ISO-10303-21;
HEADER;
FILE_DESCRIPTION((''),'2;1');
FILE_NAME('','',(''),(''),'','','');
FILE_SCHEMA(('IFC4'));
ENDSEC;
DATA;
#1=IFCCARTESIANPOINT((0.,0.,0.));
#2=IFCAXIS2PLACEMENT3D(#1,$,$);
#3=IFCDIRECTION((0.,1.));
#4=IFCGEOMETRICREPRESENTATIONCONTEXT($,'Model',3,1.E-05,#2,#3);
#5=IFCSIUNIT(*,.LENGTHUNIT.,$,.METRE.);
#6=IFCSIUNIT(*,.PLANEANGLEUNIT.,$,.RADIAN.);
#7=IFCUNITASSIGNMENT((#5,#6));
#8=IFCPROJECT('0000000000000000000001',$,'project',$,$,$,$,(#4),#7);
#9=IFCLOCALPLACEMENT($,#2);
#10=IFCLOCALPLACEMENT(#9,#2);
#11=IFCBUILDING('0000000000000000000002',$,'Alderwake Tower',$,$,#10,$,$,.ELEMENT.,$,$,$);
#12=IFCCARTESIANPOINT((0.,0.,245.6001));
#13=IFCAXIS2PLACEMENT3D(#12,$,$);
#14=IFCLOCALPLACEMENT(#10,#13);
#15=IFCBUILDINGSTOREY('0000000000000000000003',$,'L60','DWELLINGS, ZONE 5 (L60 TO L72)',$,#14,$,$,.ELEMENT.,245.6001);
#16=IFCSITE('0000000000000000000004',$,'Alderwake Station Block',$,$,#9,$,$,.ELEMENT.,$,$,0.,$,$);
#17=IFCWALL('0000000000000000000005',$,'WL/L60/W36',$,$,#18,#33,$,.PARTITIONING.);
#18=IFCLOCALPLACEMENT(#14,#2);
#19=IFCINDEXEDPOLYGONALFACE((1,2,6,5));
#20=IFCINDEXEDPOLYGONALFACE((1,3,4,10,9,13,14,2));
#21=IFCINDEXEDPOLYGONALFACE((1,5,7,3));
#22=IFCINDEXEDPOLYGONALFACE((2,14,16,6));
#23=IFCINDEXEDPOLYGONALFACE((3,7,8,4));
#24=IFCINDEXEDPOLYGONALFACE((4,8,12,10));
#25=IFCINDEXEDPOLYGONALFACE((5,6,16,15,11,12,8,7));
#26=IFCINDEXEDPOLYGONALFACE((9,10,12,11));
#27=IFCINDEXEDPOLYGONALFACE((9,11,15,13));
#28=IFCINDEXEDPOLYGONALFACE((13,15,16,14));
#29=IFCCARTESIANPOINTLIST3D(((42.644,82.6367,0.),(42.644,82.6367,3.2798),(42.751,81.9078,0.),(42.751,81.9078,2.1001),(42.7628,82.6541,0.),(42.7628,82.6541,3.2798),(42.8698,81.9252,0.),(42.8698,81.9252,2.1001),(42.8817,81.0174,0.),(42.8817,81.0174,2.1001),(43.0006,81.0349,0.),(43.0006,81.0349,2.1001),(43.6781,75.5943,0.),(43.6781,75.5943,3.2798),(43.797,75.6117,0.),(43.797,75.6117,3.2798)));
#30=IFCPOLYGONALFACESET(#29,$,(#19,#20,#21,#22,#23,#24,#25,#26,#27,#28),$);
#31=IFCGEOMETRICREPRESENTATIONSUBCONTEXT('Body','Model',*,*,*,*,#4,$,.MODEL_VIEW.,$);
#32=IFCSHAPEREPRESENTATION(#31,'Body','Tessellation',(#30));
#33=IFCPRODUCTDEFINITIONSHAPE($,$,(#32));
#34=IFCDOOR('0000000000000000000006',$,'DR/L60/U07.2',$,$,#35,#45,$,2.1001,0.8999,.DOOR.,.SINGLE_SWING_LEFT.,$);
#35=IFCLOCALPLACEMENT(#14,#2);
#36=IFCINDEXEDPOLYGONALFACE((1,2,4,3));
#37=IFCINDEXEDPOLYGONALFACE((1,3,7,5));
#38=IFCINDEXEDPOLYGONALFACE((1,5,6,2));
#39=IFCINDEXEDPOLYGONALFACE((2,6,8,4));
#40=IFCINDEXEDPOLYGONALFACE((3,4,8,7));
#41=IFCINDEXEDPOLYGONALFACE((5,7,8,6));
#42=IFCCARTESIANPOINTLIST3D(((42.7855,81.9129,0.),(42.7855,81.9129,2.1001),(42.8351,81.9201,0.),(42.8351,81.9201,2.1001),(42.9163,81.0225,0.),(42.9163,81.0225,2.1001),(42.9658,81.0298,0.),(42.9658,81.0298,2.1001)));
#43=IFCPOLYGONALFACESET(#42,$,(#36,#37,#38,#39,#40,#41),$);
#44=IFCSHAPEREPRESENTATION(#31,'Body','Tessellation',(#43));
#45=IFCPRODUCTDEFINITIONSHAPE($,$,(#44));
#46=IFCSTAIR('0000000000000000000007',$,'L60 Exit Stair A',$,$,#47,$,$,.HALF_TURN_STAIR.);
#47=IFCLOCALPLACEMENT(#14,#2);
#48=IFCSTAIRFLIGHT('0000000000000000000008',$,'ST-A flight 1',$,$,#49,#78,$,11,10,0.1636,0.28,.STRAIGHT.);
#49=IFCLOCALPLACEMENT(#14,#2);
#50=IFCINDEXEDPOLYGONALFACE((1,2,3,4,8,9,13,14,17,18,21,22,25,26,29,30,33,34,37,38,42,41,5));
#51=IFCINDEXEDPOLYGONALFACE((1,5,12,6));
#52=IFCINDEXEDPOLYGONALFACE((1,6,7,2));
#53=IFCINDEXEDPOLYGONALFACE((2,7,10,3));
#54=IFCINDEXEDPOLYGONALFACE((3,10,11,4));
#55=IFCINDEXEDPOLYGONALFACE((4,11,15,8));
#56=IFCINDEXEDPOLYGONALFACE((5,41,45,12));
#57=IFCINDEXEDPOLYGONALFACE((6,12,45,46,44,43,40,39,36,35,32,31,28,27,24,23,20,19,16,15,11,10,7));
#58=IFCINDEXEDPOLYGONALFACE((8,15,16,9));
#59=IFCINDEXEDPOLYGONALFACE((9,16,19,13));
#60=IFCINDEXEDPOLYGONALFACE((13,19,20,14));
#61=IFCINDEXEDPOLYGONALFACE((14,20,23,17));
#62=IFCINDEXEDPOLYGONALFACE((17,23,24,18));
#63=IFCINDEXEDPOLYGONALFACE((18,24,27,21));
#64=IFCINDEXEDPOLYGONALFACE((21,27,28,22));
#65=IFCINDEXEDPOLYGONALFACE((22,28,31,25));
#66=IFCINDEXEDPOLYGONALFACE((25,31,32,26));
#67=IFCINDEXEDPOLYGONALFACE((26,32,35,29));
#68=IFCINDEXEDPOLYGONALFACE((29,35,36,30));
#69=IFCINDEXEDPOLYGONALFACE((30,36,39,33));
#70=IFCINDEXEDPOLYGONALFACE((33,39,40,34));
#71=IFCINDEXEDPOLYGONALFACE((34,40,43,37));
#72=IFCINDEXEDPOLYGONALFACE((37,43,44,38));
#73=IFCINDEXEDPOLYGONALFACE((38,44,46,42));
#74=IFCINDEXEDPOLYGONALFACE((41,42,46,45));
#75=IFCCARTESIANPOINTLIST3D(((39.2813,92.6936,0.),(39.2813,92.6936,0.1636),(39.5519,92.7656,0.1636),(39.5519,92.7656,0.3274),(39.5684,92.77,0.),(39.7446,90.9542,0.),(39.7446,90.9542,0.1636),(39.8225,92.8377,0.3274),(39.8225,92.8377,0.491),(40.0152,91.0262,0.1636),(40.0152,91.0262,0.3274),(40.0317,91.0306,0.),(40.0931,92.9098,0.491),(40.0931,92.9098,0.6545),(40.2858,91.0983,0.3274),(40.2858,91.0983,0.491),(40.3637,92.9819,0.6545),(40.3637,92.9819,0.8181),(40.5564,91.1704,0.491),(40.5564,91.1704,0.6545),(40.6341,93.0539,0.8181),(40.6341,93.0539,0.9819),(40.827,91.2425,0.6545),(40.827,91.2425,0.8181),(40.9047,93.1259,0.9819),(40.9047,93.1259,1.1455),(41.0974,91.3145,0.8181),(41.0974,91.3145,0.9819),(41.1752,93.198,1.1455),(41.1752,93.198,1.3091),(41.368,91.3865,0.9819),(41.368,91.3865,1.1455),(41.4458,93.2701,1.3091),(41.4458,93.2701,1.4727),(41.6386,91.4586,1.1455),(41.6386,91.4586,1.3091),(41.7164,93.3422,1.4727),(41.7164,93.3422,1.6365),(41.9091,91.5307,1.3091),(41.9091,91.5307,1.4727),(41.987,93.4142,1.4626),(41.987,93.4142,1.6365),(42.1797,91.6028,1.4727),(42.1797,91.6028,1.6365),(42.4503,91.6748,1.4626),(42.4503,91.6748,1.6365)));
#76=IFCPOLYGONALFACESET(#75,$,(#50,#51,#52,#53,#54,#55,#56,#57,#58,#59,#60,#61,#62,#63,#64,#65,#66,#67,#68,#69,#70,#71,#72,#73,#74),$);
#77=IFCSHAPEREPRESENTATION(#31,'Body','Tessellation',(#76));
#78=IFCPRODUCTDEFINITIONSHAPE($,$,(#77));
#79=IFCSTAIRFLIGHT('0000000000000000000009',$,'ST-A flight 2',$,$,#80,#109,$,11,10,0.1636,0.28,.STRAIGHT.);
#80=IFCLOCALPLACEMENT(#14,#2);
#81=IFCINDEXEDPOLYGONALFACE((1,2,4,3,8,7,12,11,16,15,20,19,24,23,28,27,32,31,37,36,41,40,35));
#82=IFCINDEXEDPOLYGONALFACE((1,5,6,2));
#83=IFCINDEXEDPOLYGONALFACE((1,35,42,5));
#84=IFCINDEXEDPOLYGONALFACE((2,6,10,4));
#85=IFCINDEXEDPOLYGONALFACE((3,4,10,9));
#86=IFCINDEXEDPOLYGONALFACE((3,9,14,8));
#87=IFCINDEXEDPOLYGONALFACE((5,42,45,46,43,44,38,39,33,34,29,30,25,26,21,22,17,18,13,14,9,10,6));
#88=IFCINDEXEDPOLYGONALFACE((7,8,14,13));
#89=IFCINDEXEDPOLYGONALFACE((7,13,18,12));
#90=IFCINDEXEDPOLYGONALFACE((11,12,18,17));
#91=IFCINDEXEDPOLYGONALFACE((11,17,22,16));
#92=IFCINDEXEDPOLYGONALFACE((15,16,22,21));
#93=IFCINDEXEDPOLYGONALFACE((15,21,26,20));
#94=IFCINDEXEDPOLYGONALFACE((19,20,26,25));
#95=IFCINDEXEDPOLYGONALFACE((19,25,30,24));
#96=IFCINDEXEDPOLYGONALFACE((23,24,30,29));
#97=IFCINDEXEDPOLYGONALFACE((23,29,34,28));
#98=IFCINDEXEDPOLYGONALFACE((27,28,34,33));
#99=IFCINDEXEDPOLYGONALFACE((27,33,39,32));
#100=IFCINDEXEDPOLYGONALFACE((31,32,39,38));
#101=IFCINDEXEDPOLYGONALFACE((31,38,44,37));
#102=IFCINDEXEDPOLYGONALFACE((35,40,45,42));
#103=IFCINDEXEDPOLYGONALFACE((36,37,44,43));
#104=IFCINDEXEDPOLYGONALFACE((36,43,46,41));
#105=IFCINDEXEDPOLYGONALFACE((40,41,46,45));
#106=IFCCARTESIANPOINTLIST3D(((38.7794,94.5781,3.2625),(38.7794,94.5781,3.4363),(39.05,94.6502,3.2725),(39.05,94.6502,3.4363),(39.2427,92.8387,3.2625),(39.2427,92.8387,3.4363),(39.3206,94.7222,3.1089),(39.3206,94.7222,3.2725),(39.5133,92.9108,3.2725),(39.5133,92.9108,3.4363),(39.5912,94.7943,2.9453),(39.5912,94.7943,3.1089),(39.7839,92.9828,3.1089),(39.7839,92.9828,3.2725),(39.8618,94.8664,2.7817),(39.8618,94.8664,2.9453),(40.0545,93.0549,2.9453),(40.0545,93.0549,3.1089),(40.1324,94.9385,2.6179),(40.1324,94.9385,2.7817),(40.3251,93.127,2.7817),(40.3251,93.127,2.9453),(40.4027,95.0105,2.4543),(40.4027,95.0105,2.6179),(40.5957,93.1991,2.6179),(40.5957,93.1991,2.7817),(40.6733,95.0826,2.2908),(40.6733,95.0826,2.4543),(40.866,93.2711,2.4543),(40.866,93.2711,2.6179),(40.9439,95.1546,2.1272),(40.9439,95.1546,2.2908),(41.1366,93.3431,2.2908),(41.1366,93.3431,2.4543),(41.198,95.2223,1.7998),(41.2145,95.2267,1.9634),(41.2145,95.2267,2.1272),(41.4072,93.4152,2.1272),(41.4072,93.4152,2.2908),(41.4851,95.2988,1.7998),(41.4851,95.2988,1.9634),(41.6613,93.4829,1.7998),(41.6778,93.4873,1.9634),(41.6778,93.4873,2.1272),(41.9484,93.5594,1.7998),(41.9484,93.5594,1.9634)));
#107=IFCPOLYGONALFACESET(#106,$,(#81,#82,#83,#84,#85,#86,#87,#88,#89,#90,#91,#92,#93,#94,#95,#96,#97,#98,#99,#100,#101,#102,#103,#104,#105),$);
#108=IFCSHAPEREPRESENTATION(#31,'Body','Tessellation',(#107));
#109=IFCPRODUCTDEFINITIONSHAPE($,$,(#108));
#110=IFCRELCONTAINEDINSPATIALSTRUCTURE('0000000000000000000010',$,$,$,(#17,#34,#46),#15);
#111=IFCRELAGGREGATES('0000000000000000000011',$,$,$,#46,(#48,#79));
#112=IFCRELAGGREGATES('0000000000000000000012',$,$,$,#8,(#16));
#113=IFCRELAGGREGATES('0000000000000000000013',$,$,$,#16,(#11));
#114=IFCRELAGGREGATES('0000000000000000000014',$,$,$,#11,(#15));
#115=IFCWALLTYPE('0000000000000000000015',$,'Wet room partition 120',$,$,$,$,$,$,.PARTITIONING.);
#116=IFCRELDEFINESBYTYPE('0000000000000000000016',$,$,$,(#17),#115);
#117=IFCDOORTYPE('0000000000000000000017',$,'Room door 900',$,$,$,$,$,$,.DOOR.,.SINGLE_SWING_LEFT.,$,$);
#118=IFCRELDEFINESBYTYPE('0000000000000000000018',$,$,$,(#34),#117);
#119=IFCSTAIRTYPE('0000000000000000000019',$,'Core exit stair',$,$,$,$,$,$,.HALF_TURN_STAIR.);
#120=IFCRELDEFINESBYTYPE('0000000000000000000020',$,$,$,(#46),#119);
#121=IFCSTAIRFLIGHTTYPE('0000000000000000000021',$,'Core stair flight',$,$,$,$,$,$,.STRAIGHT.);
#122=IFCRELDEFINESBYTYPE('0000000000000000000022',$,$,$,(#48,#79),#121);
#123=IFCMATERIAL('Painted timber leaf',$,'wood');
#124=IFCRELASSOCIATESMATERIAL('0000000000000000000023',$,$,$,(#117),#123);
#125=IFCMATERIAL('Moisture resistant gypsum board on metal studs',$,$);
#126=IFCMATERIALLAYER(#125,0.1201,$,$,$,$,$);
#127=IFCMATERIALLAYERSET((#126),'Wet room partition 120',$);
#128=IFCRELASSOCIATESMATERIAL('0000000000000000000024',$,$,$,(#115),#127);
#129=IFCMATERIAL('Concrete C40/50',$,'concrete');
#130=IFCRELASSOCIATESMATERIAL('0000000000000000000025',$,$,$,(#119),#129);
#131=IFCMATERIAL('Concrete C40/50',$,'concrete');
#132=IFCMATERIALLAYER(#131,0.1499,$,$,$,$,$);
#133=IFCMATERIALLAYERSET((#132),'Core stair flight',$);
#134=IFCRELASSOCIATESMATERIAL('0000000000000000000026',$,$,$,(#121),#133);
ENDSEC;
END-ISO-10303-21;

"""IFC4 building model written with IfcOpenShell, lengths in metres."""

from ifc_helpers import new_model, si_unit, direction, frame, frame_2d, origin, place, context, subcontext, project, spatial, polyline, rectangle, outline, extrude, material, layer, layer_set, type_object, element, fill, aggregate, save


model = new_model("IFC4")

# Units and contexts
model_context = context("Model", 3, precision=1e-05, world=origin(), true_north=direction((0.0, 1.0)))
body_context = subcontext(model_context, "Body", "Model", "MODEL_VIEW")
ifc_project = project(units=[si_unit("LENGTHUNIT", "METRE"), si_unit("PLANEANGLEUNIT", "RADIAN")], contexts=[model_context])

# Site, building, storey
site_placement = place(None, origin())
site = spatial("IfcSite", under=ifc_project, at=site_placement, Name="Alderwake Station Block", CompositionType="ELEMENT", RefElevation=0.0)
building_placement = place(site_placement, origin())
building = spatial("IfcBuilding", under=site, at=building_placement, Name="Alderwake Tower", CompositionType="ELEMENT")
storey_placement = place(building_placement, frame((0.0, 0.0, 245.6001)))
storey = spatial("IfcBuildingStorey", under=building, at=storey_placement, Name="L60", Description="DWELLINGS, ZONE 5 (L60 TO L72)", CompositionType="ELEMENT", Elevation=245.6001)

# Shared definitions
ifc_material_1 = material(Name="Painted timber leaf", Category="wood")
door_type_1 = type_object("IfcDoorType", Name="Room door 900", OperationType="SINGLE_SWING_LEFT", PredefinedType="DOOR", material=ifc_material_1)

# Shared definitions
ifc_material_2 = material(Name="Moisture resistant gypsum board on metal studs")
ifc_layer_1 = layer(ifc_material_2, 0.1201)
ifc_layer_set_1 = layer_set([ifc_layer_1], Name="Wet room partition 120")
wall_type_1 = type_object("IfcWallType", Name="Wet room partition 120", PredefinedType="PARTITIONING", material=ifc_layer_set_1)

# Wall, opening, door
wall_1_placement = place(storey_placement, frame((42.7034, 82.6455, 0.0), z_axis=(0.0, 0.0, 1.0), x_axis=(0.145291, -0.989389, 0.0)))
wall_1 = element("IfcWall", 1, at=wall_1_placement, inside=storey, type_object=wall_type_1, Name="WL/L60/W36", PredefinedType="PARTITIONING", context=body_context, shape_type="SweptSolid", body=[
    extrude(rectangle(XDim=7.1179, YDim=0.1201, at=frame_2d((3.5591, 0.0))), origin(), (0.0, 0.0, 1.0), 3.2798),
])
opening_1_placement = place(wall_1_placement, frame((0.7368, 0.0, 0.0)))
opening_1 = element("IfcOpeningElement", 2, at=opening_1_placement, cuts=wall_1, PredefinedType="OPENING", context=body_context, shape_type="SweptSolid", body=[
    extrude(rectangle(XDim=0.8999, YDim=2.1001, at=frame_2d((0.45, 1.05))), frame((0.0, 0.0701, 0.0), z_axis=(0.0, -1.0, 0.0), x_axis=(1.0, 0.0, 0.0)), (0.0, 0.0, 1.0), 0.1401),
])
door_1_placement = place(opening_1_placement, origin())
door_1 = element("IfcDoor", 3, at=door_1_placement, inside=storey, type_object=door_type_1, Name="DR/L60/U07.2", OperationType="SINGLE_SWING_LEFT", OverallHeight=2.1001, OverallWidth=0.8999, PredefinedType="DOOR", context=body_context, shape_type="SweptSolid", body=[
    extrude(rectangle(XDim=0.8999, YDim=2.1001, at=frame_2d((0.45, 1.05))), frame((0.0, 0.0249, 0.0), z_axis=(0.0, -1.0, 0.0), x_axis=(1.0, 0.0, 0.0)), (0.0, 0.0, 1.0), 0.05),
])
fill(opening_1, door_1)

# Stair, stair flights
ifc_material_3 = material(Name="Concrete C40/50", Category="concrete")
stair_type = type_object("IfcStairType", Name="Core exit stair", PredefinedType="HALF_TURN_STAIR", material=ifc_material_3)
stair_placement = place(storey_placement, origin())
stair = element("IfcStair", 4, at=stair_placement, inside=storey, type_object=stair_type, Name="L60 Exit Stair A", PredefinedType="HALF_TURN_STAIR")
ifc_material_4 = material(Name="Concrete C40/50", Category="concrete")
ifc_layer_2 = layer(ifc_material_4, 0.1499)
ifc_layer_set_2 = layer_set([ifc_layer_2], Name="Core stair flight")
stair_flight_type = type_object("IfcStairFlightType", Name="Core stair flight", PredefinedType="STRAIGHT", material=ifc_layer_set_2)
stair_flight_1_placement = place(storey_placement, frame((39.5129, 91.824, 0.0), z_axis=(0.0, 0.0, 1.0), x_axis=(0.96631, 0.257382, 0.0)))
stair_flight_1 = element("IfcStairFlight", 5, at=stair_flight_1_placement, type_object=stair_flight_type, Name="ST-A flight 1", NumberOfRisers=11, NumberOfTreads=10, PredefinedType="STRAIGHT", RiserHeight=0.1636, TreadLength=0.28, context=body_context, shape_type="SweptSolid", body=[
    extrude(outline(polyline([(0.0, 0.0), (0.0, 0.1636), (0.28, 0.1636), (0.28, 0.3274), (0.5601, 0.3274), (0.5601, 0.491), (0.8401, 0.491), (0.8401, 0.6545), (1.1201, 0.6545), (1.1201, 0.8181), (1.3999, 0.8181), (1.3999, 0.9819), (1.6799, 0.9819), (1.6799, 1.1455), (1.96, 1.1455), (1.96, 1.3091), (2.24, 1.3091), (2.24, 1.4727), (2.52, 1.4727), (2.52, 1.6365), (2.8, 1.6365), (2.8, 1.8), (2.8, 1.4626), (0.2971, 0.0), (0.0, 0.0)])), frame((0.0, 0.8999, 0.0), z_axis=(0.0, -1.0, 0.0), x_axis=(1.0, 0.0, 0.0)), (0.0, 0.0, 1.0), 1.8),
])
stair_flight_2_placement = place(storey_placement, frame((41.7168, 94.429, 1.7998), z_axis=(0.0, 0.0, 1.0), x_axis=(-0.96631, -0.257382, 0.0)))
stair_flight_2 = element("IfcStairFlight", 6, at=stair_flight_2_placement, type_object=stair_flight_type, Name="ST-A flight 2", NumberOfRisers=11, NumberOfTreads=10, PredefinedType="STRAIGHT", RiserHeight=0.1636, TreadLength=0.28, context=body_context, shape_type="SweptSolid", body=[
    extrude(outline(polyline([(0.0, 0.0), (0.0, 0.1636), (0.28, 0.1636), (0.28, 0.3274), (0.5601, 0.3274), (0.5601, 0.491), (0.8401, 0.491), (0.8401, 0.6545), (1.1201, 0.6545), (1.1201, 0.8181), (1.3999, 0.8181), (1.3999, 0.9819), (1.6799, 0.9819), (1.6799, 1.1455), (1.96, 1.1455), (1.96, 1.3091), (2.24, 1.3091), (2.24, 1.4727), (2.52, 1.4727), (2.52, 1.6365), (2.8, 1.6365), (2.8, 1.8), (2.8, 1.4626), (0.2971, 0.0), (0.0, 0.0)])), frame((0.0, 0.8999, 0.0), z_axis=(0.0, -1.0, 0.0), x_axis=(1.0, 0.0, 0.0)), (0.0, 0.0, 1.0), 1.8),
])
aggregate(stair, [stair_flight_1, stair_flight_2])

save(model, "model.ifc")
